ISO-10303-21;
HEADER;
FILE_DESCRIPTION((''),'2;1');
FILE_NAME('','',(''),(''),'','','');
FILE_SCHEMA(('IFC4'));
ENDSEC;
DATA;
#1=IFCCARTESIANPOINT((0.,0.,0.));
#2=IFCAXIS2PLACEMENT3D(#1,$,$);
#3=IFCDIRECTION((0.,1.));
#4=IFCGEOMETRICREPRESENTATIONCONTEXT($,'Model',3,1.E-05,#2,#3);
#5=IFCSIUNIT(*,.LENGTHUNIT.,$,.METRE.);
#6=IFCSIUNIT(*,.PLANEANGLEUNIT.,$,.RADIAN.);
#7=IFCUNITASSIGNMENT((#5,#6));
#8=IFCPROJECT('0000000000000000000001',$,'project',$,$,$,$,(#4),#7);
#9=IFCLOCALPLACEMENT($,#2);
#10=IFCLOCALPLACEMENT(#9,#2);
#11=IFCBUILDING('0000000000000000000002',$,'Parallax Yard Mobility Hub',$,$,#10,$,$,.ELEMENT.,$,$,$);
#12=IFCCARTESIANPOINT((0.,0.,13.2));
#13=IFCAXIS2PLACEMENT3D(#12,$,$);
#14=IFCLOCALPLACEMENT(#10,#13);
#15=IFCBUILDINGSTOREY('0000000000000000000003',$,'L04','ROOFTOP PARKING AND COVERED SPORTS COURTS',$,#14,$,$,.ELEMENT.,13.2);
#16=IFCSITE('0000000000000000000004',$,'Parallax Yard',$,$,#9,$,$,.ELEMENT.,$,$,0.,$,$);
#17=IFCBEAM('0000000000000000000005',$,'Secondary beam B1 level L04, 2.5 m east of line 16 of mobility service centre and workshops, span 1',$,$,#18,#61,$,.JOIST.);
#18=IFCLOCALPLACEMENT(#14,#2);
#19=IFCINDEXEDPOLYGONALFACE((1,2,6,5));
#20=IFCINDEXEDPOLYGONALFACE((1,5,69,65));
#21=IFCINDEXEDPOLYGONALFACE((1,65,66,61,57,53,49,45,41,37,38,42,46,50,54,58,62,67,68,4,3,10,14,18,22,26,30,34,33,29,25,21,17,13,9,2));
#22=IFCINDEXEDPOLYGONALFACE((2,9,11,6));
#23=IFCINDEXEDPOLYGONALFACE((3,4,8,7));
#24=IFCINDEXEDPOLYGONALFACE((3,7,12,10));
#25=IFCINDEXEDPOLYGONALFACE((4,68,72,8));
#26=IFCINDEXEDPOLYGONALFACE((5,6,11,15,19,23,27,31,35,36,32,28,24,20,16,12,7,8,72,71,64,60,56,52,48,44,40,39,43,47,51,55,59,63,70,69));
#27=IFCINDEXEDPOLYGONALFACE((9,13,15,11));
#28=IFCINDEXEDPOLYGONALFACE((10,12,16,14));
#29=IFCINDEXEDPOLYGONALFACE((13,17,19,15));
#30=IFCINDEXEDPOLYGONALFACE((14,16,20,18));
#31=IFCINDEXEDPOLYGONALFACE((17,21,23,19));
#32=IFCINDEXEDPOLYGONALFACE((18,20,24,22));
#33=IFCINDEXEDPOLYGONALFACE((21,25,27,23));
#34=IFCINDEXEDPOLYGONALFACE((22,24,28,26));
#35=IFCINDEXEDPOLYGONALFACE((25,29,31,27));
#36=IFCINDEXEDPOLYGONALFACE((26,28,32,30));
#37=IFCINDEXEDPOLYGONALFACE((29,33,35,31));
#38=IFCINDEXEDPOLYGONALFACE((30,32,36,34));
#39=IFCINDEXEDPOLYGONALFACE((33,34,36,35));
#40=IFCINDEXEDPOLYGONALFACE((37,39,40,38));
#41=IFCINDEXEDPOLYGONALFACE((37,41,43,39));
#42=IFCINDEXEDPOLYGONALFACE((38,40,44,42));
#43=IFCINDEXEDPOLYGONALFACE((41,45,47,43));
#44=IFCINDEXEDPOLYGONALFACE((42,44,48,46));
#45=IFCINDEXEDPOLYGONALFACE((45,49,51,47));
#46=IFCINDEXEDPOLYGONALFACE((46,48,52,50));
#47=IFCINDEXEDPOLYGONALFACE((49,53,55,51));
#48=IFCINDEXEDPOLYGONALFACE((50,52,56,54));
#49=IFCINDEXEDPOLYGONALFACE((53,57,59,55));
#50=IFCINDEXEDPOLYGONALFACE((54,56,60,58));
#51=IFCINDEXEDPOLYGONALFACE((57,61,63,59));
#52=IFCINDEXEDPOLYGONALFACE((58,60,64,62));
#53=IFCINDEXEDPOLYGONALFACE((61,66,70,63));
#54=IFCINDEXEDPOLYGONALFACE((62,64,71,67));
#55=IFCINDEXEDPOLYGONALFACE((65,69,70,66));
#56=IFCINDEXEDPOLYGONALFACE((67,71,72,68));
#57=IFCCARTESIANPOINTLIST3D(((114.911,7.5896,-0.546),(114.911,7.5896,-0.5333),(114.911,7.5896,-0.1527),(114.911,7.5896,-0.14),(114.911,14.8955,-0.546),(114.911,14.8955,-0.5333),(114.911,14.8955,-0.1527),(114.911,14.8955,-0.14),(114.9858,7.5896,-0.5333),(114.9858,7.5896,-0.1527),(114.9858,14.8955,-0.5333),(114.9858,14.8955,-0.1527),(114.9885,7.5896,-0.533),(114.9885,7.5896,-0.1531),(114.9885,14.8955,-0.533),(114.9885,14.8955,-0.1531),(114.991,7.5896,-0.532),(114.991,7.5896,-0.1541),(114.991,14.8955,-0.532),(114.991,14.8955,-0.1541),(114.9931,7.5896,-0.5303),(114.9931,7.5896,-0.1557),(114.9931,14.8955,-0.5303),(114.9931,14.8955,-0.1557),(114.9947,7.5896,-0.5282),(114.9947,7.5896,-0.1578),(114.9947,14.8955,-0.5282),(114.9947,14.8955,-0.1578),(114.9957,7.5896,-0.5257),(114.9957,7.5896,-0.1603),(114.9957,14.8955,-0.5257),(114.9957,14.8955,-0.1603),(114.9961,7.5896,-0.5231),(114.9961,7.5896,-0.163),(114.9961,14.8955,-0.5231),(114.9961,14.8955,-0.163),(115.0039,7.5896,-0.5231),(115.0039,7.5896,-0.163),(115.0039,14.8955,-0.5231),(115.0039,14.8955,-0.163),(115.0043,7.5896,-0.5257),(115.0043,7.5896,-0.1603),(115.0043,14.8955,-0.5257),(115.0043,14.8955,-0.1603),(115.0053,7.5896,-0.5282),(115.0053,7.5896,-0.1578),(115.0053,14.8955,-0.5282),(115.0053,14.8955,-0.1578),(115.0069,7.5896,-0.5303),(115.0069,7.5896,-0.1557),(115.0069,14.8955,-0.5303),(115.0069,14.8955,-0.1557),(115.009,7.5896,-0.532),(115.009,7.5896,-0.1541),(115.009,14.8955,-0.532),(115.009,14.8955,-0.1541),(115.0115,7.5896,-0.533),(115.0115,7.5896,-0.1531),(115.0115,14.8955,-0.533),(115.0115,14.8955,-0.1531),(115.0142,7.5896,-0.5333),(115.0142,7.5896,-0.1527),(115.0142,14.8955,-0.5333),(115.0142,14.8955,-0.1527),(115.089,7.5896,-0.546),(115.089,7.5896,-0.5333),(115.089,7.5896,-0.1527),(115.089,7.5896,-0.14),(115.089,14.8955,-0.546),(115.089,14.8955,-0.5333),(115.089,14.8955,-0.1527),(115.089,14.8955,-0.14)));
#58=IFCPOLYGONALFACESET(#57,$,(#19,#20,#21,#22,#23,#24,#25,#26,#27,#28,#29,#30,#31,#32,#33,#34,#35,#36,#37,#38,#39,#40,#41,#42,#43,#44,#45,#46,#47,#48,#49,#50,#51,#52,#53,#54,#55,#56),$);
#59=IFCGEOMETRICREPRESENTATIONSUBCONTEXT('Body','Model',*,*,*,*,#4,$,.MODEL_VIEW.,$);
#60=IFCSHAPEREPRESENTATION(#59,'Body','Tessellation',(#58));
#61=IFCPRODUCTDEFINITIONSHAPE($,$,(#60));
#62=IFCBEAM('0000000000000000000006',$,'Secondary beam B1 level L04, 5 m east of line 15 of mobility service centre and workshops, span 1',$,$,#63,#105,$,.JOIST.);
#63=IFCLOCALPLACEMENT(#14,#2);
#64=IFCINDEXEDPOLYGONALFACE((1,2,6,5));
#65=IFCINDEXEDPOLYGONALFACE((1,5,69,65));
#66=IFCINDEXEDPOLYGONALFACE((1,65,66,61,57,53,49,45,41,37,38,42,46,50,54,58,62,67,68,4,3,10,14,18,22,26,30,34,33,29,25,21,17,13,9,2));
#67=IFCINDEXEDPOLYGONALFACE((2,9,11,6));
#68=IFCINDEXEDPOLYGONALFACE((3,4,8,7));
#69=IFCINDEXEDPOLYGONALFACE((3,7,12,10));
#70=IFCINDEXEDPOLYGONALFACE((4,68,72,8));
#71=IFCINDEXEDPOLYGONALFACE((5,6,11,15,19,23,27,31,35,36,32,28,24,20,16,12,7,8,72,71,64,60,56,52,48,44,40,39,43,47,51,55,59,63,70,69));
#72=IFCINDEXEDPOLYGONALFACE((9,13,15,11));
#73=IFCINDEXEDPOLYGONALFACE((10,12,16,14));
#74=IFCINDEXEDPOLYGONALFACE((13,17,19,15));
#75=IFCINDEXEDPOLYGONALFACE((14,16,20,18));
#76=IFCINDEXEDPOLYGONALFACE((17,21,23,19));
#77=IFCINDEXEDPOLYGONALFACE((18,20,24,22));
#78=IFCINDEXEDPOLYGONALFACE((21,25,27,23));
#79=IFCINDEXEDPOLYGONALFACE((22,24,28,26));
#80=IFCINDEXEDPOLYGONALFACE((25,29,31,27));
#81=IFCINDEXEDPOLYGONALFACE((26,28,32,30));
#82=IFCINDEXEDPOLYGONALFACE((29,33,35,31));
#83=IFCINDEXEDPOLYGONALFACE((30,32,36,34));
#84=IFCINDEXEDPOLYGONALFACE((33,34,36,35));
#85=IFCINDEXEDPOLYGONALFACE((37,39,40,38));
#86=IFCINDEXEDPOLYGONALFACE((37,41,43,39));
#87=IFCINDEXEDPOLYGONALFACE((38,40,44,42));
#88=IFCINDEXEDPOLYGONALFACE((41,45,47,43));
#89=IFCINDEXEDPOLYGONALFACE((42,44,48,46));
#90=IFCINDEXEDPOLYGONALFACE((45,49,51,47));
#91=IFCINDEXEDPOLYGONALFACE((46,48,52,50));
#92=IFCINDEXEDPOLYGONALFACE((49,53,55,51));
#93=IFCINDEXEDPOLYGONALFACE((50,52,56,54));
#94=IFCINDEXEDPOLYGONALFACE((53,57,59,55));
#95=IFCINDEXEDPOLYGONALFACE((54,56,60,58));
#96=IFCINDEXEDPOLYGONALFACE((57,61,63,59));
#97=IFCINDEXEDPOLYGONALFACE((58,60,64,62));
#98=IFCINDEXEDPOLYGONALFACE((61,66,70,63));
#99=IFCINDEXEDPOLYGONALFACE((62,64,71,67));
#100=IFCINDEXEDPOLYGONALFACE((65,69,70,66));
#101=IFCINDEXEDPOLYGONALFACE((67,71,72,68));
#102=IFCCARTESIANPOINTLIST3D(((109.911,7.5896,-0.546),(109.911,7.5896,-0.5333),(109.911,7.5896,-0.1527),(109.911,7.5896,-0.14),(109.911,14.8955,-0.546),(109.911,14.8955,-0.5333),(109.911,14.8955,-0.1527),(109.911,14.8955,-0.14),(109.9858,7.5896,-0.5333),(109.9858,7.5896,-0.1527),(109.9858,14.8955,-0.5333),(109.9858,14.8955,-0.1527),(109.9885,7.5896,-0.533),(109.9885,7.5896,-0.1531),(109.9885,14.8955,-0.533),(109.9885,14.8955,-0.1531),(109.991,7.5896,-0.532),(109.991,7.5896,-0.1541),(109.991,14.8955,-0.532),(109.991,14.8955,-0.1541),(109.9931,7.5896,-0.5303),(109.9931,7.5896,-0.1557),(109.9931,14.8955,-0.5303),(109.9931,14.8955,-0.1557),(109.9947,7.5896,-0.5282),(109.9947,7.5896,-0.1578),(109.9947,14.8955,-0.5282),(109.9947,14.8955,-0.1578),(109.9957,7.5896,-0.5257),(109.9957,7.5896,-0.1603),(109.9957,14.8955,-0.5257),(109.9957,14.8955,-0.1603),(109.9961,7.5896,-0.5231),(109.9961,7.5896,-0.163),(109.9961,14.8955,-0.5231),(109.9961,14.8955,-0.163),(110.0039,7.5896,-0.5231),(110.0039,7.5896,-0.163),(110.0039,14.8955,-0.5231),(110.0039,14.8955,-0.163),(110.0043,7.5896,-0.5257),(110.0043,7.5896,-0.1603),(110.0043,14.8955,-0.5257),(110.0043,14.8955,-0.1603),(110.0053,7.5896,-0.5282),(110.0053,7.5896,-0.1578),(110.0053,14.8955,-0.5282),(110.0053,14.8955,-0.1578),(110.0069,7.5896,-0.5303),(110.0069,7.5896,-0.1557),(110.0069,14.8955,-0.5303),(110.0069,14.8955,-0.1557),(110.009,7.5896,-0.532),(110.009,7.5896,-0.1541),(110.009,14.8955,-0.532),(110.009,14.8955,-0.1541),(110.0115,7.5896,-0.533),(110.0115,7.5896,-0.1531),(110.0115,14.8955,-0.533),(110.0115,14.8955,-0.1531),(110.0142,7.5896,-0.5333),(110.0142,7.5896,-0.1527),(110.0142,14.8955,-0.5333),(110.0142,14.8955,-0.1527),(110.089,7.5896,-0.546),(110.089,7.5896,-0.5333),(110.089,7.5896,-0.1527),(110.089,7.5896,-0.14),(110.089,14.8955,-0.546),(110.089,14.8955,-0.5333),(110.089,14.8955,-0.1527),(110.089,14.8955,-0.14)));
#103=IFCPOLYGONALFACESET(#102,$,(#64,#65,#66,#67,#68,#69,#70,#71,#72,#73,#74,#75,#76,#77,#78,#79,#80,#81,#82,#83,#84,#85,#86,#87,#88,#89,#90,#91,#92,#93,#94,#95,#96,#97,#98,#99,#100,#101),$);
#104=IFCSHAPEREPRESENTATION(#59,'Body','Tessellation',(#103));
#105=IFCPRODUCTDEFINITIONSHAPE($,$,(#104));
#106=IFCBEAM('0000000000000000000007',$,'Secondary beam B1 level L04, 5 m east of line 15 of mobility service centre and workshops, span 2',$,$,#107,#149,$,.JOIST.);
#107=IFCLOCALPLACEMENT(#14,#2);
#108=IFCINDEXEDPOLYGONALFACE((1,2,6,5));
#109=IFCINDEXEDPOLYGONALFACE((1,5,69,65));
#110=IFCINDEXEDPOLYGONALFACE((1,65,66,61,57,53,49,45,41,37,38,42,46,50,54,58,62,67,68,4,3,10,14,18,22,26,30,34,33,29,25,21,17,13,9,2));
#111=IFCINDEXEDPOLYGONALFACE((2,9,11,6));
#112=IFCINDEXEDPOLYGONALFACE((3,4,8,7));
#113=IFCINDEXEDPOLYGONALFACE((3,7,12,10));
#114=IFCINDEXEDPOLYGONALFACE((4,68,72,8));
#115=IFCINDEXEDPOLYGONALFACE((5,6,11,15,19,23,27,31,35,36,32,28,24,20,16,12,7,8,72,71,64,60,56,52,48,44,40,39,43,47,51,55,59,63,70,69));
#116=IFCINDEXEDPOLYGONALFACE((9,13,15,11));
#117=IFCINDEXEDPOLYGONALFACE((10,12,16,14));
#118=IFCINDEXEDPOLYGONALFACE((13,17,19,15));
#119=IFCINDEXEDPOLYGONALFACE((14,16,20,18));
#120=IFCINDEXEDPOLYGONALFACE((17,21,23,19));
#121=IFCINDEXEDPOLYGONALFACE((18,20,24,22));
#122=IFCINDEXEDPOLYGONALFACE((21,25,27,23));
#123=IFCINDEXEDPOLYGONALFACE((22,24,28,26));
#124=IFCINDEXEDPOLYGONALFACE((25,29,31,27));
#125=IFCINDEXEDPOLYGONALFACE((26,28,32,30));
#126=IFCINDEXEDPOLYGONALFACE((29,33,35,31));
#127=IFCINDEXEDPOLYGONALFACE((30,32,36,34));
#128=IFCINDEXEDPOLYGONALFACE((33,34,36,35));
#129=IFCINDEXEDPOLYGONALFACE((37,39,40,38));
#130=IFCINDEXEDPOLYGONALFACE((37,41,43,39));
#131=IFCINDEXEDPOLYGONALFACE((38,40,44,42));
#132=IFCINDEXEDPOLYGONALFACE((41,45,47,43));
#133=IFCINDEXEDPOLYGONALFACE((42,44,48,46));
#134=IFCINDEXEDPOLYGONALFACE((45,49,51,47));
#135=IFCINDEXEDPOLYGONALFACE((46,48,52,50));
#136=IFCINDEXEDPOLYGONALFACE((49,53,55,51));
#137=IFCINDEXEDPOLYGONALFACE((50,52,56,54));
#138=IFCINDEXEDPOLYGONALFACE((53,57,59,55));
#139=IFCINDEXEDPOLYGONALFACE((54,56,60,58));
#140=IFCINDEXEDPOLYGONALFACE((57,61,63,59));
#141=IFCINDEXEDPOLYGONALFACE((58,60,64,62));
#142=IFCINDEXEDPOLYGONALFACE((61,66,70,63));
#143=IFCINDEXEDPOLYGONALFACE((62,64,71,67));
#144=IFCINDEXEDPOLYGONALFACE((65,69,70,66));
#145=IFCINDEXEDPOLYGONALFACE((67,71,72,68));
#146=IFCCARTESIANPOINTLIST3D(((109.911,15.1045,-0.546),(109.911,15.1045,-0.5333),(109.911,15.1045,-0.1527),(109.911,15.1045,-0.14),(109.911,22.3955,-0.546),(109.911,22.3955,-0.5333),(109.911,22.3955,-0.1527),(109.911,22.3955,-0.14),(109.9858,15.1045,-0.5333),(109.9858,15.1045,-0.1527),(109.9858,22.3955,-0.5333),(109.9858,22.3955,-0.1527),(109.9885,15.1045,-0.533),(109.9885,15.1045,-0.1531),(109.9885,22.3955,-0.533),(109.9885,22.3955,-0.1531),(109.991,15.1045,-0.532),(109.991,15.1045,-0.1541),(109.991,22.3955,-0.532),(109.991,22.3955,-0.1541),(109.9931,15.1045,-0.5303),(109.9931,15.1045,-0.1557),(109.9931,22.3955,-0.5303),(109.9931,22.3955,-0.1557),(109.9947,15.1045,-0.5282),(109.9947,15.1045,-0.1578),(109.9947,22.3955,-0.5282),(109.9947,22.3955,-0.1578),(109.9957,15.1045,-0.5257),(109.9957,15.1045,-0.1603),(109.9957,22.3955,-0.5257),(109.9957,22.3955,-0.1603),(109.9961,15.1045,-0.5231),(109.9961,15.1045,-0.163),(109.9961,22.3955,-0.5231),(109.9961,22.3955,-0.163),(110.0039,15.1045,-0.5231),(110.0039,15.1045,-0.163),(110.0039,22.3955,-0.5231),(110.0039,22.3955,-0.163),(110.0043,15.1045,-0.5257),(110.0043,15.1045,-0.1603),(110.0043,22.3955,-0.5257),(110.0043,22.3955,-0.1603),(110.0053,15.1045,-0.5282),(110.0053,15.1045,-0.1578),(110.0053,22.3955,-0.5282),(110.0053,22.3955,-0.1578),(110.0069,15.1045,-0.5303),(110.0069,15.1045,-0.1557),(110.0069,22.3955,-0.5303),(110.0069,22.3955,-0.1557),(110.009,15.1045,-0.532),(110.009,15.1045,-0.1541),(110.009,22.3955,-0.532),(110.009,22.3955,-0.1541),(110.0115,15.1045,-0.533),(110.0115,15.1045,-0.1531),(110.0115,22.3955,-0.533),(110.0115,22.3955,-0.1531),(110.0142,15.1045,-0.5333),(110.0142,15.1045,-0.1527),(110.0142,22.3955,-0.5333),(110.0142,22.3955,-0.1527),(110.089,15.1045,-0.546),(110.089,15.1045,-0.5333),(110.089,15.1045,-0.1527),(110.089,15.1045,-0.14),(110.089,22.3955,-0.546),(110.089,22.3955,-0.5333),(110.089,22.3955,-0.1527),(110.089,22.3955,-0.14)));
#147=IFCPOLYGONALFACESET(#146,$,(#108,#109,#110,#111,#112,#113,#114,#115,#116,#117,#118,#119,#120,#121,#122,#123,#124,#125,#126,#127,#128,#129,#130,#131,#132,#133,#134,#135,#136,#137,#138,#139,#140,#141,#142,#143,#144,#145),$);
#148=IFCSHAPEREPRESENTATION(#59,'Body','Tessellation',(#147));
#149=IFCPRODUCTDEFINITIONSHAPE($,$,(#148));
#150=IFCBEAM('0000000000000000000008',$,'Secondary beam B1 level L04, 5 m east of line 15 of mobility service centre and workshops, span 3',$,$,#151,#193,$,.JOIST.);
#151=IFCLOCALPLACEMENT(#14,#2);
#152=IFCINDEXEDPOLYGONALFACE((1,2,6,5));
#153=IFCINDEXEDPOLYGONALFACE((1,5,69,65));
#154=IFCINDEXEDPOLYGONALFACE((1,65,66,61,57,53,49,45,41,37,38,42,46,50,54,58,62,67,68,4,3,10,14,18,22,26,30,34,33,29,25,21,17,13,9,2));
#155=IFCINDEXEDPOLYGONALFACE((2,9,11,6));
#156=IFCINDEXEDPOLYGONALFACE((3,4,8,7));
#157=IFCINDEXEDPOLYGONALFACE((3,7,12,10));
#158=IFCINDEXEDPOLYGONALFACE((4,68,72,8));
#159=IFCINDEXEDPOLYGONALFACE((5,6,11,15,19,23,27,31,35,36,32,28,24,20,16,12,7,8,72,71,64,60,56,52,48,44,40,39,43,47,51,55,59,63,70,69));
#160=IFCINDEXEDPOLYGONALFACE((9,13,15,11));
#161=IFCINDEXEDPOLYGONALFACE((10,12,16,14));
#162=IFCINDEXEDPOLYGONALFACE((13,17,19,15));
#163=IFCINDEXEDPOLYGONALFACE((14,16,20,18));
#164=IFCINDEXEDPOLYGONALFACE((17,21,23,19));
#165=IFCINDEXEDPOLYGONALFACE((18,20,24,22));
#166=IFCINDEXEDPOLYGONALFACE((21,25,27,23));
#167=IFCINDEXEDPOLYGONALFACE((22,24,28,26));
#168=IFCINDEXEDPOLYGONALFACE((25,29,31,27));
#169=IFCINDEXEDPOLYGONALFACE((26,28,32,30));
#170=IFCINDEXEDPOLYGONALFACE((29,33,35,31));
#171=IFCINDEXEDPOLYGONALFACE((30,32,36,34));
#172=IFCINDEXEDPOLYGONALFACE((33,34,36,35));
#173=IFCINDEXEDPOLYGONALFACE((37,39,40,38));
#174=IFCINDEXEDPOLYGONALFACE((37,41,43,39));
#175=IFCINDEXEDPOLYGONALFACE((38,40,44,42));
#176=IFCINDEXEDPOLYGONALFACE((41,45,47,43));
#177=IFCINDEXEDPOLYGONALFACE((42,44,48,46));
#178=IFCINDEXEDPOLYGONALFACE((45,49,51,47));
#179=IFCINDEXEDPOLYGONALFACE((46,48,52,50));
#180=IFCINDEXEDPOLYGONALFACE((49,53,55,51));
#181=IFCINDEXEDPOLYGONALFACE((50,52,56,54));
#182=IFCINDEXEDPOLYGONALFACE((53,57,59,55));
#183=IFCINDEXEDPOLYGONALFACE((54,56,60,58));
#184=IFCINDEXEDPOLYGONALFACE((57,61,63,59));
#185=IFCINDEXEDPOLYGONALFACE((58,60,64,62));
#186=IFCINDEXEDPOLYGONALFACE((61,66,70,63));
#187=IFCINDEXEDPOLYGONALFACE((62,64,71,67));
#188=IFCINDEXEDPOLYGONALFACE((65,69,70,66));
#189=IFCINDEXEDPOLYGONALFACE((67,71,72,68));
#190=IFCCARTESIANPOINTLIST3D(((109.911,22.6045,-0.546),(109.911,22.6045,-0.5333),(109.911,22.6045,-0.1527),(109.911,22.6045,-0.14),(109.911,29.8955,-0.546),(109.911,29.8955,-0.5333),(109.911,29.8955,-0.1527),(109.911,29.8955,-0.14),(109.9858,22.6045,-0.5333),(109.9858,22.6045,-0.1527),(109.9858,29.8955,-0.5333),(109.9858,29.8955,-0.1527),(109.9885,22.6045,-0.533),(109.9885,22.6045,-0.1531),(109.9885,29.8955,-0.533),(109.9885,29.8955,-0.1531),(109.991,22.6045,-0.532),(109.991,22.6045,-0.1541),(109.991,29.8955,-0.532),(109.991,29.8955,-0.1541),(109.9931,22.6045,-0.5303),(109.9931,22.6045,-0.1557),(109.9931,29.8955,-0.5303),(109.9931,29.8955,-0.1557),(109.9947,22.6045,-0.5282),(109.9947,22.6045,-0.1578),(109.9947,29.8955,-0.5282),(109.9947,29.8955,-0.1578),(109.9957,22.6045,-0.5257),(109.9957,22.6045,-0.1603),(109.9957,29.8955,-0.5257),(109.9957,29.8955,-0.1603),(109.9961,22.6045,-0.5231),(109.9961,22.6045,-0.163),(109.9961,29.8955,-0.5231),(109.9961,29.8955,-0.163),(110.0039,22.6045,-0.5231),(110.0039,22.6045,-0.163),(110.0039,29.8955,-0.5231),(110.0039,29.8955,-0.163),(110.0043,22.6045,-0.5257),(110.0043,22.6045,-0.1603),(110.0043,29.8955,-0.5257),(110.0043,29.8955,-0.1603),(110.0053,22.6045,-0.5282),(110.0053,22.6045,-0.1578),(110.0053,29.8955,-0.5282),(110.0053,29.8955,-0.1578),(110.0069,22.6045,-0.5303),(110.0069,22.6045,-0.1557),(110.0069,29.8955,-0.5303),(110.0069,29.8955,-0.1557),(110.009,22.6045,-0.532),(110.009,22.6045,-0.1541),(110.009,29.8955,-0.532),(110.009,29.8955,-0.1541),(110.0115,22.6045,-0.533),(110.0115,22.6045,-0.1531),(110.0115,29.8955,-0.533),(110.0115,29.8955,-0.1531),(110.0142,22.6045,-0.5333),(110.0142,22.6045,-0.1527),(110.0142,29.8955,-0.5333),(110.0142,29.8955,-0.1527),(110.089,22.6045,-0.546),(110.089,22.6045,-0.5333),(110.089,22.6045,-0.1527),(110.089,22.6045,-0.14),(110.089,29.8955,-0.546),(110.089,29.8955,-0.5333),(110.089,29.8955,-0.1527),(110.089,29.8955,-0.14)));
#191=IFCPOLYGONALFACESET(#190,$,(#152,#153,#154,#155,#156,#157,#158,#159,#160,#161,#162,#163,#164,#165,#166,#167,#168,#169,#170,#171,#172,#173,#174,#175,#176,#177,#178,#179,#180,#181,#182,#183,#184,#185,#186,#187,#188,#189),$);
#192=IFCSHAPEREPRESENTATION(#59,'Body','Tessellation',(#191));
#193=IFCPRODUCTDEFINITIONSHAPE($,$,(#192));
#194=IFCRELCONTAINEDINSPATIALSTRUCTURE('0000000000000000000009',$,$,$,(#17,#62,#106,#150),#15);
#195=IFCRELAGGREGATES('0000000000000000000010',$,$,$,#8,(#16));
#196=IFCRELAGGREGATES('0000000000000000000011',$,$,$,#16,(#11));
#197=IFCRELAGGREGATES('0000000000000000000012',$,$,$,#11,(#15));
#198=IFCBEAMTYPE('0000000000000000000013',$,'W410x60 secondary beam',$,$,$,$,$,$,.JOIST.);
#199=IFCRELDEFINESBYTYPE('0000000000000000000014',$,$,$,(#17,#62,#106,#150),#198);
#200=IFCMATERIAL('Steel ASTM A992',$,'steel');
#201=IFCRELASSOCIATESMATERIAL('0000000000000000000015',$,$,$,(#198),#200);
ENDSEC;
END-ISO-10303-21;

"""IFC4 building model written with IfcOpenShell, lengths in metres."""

from ifc_helpers import new_model, si_unit, direction, frame, origin, origin_2d, place, context, subcontext, project, spatial, i_section, extrude, material, material_profile, profile_set, type_object, element, save


model = new_model("IFC4")

# Units and contexts
model_context = context("Model", 3, precision=1e-05, world=origin(), true_north=direction((0.0, 1.0)))
body_context = subcontext(model_context, "Body", "Model", "MODEL_VIEW")
ifc_project = project(units=[si_unit("LENGTHUNIT", "METRE"), si_unit("PLANEANGLEUNIT", "RADIAN")], contexts=[model_context])

# Site, building, storey
site_placement = place(None, origin())
site = spatial("IfcSite", under=ifc_project, at=site_placement, Name="Parallax Yard", CompositionType="ELEMENT", RefElevation=0.0)
building_placement = place(site_placement, origin())
building = spatial("IfcBuilding", under=site, at=building_placement, Name="Parallax Yard Mobility Hub", CompositionType="ELEMENT")
storey_placement = place(building_placement, frame((0.0, 0.0, 13.2)))
storey = spatial("IfcBuildingStorey", under=building, at=storey_placement, Name="L04", Description="ROOFTOP PARKING AND COVERED SPORTS COURTS", CompositionType="ELEMENT", Elevation=13.2)

# Shared definitions
ifc_material_1 = material(Name="Steel ASTM A992", Category="steel")

# Beams
ifc_material_profile_1 = material_profile(ifc_material_1, i_section(OverallWidth=0.178, OverallDepth=0.406, WebThickness=0.0078, FlangeThickness=0.0127, FilletRadius=0.0103, at=origin_2d()), Name="W410x60")
ifc_profile_set_1 = profile_set([ifc_material_profile_1], Name="Steel ASTM A992")
beam_type_1 = type_object("IfcBeamType", Name="W410x60 secondary beam", PredefinedType="JOIST", material=ifc_profile_set_1)
for number, where, z_axis, x_axis, name in (
    (1, (115.0, 7.5896, -0.343), (0.0, 1.0, 0.0), (-1.0, 0.0, 0.0), "Secondary beam B1 level L04, 2.5 m east of line 16 of mobility service centre and workshops, span 1"),
    (2, (110.0, 7.5896, -0.343), (0.0, 1.0, 0.0), (-1.0, 0.0, 0.0), "Secondary beam B1 level L04, 5 m east of line 15 of mobility service centre and workshops, span 1"),
):
    element("IfcBeam", number, at=place(storey_placement, frame(where, z_axis=z_axis, x_axis=x_axis)), inside=storey, type_object=beam_type_1, Name=name, PredefinedType="JOIST", context=body_context, shape_type="SweptSolid", body=[
        extrude(i_section(OverallWidth=0.178, OverallDepth=0.406, WebThickness=0.0078, FlangeThickness=0.0127, FilletRadius=0.0103, at=origin_2d()), origin(), (0.0, 0.0, 1.0), 7.3059),
    ])
for number, where, z_axis, x_axis, name in (
    (3, (110.0, 15.1045, -0.343), (0.0, 1.0, 0.0), (-1.0, 0.0, 0.0), "Secondary beam B1 level L04, 5 m east of line 15 of mobility service centre and workshops, span 2"),
    (4, (110.0, 22.6045, -0.343), (0.0, 1.0, 0.0), (-1.0, 0.0, 0.0), "Secondary beam B1 level L04, 5 m east of line 15 of mobility service centre and workshops, span 3"),
):
    element("IfcBeam", number, at=place(storey_placement, frame(where, z_axis=z_axis, x_axis=x_axis)), inside=storey, type_object=beam_type_1, Name=name, PredefinedType="JOIST", context=body_context, shape_type="SweptSolid", body=[
        extrude(i_section(OverallWidth=0.178, OverallDepth=0.406, WebThickness=0.0078, FlangeThickness=0.0127, FilletRadius=0.0103, at=origin_2d()), origin(), (0.0, 0.0, 1.0), 7.291),
    ])

save(model, "model.ifc")
